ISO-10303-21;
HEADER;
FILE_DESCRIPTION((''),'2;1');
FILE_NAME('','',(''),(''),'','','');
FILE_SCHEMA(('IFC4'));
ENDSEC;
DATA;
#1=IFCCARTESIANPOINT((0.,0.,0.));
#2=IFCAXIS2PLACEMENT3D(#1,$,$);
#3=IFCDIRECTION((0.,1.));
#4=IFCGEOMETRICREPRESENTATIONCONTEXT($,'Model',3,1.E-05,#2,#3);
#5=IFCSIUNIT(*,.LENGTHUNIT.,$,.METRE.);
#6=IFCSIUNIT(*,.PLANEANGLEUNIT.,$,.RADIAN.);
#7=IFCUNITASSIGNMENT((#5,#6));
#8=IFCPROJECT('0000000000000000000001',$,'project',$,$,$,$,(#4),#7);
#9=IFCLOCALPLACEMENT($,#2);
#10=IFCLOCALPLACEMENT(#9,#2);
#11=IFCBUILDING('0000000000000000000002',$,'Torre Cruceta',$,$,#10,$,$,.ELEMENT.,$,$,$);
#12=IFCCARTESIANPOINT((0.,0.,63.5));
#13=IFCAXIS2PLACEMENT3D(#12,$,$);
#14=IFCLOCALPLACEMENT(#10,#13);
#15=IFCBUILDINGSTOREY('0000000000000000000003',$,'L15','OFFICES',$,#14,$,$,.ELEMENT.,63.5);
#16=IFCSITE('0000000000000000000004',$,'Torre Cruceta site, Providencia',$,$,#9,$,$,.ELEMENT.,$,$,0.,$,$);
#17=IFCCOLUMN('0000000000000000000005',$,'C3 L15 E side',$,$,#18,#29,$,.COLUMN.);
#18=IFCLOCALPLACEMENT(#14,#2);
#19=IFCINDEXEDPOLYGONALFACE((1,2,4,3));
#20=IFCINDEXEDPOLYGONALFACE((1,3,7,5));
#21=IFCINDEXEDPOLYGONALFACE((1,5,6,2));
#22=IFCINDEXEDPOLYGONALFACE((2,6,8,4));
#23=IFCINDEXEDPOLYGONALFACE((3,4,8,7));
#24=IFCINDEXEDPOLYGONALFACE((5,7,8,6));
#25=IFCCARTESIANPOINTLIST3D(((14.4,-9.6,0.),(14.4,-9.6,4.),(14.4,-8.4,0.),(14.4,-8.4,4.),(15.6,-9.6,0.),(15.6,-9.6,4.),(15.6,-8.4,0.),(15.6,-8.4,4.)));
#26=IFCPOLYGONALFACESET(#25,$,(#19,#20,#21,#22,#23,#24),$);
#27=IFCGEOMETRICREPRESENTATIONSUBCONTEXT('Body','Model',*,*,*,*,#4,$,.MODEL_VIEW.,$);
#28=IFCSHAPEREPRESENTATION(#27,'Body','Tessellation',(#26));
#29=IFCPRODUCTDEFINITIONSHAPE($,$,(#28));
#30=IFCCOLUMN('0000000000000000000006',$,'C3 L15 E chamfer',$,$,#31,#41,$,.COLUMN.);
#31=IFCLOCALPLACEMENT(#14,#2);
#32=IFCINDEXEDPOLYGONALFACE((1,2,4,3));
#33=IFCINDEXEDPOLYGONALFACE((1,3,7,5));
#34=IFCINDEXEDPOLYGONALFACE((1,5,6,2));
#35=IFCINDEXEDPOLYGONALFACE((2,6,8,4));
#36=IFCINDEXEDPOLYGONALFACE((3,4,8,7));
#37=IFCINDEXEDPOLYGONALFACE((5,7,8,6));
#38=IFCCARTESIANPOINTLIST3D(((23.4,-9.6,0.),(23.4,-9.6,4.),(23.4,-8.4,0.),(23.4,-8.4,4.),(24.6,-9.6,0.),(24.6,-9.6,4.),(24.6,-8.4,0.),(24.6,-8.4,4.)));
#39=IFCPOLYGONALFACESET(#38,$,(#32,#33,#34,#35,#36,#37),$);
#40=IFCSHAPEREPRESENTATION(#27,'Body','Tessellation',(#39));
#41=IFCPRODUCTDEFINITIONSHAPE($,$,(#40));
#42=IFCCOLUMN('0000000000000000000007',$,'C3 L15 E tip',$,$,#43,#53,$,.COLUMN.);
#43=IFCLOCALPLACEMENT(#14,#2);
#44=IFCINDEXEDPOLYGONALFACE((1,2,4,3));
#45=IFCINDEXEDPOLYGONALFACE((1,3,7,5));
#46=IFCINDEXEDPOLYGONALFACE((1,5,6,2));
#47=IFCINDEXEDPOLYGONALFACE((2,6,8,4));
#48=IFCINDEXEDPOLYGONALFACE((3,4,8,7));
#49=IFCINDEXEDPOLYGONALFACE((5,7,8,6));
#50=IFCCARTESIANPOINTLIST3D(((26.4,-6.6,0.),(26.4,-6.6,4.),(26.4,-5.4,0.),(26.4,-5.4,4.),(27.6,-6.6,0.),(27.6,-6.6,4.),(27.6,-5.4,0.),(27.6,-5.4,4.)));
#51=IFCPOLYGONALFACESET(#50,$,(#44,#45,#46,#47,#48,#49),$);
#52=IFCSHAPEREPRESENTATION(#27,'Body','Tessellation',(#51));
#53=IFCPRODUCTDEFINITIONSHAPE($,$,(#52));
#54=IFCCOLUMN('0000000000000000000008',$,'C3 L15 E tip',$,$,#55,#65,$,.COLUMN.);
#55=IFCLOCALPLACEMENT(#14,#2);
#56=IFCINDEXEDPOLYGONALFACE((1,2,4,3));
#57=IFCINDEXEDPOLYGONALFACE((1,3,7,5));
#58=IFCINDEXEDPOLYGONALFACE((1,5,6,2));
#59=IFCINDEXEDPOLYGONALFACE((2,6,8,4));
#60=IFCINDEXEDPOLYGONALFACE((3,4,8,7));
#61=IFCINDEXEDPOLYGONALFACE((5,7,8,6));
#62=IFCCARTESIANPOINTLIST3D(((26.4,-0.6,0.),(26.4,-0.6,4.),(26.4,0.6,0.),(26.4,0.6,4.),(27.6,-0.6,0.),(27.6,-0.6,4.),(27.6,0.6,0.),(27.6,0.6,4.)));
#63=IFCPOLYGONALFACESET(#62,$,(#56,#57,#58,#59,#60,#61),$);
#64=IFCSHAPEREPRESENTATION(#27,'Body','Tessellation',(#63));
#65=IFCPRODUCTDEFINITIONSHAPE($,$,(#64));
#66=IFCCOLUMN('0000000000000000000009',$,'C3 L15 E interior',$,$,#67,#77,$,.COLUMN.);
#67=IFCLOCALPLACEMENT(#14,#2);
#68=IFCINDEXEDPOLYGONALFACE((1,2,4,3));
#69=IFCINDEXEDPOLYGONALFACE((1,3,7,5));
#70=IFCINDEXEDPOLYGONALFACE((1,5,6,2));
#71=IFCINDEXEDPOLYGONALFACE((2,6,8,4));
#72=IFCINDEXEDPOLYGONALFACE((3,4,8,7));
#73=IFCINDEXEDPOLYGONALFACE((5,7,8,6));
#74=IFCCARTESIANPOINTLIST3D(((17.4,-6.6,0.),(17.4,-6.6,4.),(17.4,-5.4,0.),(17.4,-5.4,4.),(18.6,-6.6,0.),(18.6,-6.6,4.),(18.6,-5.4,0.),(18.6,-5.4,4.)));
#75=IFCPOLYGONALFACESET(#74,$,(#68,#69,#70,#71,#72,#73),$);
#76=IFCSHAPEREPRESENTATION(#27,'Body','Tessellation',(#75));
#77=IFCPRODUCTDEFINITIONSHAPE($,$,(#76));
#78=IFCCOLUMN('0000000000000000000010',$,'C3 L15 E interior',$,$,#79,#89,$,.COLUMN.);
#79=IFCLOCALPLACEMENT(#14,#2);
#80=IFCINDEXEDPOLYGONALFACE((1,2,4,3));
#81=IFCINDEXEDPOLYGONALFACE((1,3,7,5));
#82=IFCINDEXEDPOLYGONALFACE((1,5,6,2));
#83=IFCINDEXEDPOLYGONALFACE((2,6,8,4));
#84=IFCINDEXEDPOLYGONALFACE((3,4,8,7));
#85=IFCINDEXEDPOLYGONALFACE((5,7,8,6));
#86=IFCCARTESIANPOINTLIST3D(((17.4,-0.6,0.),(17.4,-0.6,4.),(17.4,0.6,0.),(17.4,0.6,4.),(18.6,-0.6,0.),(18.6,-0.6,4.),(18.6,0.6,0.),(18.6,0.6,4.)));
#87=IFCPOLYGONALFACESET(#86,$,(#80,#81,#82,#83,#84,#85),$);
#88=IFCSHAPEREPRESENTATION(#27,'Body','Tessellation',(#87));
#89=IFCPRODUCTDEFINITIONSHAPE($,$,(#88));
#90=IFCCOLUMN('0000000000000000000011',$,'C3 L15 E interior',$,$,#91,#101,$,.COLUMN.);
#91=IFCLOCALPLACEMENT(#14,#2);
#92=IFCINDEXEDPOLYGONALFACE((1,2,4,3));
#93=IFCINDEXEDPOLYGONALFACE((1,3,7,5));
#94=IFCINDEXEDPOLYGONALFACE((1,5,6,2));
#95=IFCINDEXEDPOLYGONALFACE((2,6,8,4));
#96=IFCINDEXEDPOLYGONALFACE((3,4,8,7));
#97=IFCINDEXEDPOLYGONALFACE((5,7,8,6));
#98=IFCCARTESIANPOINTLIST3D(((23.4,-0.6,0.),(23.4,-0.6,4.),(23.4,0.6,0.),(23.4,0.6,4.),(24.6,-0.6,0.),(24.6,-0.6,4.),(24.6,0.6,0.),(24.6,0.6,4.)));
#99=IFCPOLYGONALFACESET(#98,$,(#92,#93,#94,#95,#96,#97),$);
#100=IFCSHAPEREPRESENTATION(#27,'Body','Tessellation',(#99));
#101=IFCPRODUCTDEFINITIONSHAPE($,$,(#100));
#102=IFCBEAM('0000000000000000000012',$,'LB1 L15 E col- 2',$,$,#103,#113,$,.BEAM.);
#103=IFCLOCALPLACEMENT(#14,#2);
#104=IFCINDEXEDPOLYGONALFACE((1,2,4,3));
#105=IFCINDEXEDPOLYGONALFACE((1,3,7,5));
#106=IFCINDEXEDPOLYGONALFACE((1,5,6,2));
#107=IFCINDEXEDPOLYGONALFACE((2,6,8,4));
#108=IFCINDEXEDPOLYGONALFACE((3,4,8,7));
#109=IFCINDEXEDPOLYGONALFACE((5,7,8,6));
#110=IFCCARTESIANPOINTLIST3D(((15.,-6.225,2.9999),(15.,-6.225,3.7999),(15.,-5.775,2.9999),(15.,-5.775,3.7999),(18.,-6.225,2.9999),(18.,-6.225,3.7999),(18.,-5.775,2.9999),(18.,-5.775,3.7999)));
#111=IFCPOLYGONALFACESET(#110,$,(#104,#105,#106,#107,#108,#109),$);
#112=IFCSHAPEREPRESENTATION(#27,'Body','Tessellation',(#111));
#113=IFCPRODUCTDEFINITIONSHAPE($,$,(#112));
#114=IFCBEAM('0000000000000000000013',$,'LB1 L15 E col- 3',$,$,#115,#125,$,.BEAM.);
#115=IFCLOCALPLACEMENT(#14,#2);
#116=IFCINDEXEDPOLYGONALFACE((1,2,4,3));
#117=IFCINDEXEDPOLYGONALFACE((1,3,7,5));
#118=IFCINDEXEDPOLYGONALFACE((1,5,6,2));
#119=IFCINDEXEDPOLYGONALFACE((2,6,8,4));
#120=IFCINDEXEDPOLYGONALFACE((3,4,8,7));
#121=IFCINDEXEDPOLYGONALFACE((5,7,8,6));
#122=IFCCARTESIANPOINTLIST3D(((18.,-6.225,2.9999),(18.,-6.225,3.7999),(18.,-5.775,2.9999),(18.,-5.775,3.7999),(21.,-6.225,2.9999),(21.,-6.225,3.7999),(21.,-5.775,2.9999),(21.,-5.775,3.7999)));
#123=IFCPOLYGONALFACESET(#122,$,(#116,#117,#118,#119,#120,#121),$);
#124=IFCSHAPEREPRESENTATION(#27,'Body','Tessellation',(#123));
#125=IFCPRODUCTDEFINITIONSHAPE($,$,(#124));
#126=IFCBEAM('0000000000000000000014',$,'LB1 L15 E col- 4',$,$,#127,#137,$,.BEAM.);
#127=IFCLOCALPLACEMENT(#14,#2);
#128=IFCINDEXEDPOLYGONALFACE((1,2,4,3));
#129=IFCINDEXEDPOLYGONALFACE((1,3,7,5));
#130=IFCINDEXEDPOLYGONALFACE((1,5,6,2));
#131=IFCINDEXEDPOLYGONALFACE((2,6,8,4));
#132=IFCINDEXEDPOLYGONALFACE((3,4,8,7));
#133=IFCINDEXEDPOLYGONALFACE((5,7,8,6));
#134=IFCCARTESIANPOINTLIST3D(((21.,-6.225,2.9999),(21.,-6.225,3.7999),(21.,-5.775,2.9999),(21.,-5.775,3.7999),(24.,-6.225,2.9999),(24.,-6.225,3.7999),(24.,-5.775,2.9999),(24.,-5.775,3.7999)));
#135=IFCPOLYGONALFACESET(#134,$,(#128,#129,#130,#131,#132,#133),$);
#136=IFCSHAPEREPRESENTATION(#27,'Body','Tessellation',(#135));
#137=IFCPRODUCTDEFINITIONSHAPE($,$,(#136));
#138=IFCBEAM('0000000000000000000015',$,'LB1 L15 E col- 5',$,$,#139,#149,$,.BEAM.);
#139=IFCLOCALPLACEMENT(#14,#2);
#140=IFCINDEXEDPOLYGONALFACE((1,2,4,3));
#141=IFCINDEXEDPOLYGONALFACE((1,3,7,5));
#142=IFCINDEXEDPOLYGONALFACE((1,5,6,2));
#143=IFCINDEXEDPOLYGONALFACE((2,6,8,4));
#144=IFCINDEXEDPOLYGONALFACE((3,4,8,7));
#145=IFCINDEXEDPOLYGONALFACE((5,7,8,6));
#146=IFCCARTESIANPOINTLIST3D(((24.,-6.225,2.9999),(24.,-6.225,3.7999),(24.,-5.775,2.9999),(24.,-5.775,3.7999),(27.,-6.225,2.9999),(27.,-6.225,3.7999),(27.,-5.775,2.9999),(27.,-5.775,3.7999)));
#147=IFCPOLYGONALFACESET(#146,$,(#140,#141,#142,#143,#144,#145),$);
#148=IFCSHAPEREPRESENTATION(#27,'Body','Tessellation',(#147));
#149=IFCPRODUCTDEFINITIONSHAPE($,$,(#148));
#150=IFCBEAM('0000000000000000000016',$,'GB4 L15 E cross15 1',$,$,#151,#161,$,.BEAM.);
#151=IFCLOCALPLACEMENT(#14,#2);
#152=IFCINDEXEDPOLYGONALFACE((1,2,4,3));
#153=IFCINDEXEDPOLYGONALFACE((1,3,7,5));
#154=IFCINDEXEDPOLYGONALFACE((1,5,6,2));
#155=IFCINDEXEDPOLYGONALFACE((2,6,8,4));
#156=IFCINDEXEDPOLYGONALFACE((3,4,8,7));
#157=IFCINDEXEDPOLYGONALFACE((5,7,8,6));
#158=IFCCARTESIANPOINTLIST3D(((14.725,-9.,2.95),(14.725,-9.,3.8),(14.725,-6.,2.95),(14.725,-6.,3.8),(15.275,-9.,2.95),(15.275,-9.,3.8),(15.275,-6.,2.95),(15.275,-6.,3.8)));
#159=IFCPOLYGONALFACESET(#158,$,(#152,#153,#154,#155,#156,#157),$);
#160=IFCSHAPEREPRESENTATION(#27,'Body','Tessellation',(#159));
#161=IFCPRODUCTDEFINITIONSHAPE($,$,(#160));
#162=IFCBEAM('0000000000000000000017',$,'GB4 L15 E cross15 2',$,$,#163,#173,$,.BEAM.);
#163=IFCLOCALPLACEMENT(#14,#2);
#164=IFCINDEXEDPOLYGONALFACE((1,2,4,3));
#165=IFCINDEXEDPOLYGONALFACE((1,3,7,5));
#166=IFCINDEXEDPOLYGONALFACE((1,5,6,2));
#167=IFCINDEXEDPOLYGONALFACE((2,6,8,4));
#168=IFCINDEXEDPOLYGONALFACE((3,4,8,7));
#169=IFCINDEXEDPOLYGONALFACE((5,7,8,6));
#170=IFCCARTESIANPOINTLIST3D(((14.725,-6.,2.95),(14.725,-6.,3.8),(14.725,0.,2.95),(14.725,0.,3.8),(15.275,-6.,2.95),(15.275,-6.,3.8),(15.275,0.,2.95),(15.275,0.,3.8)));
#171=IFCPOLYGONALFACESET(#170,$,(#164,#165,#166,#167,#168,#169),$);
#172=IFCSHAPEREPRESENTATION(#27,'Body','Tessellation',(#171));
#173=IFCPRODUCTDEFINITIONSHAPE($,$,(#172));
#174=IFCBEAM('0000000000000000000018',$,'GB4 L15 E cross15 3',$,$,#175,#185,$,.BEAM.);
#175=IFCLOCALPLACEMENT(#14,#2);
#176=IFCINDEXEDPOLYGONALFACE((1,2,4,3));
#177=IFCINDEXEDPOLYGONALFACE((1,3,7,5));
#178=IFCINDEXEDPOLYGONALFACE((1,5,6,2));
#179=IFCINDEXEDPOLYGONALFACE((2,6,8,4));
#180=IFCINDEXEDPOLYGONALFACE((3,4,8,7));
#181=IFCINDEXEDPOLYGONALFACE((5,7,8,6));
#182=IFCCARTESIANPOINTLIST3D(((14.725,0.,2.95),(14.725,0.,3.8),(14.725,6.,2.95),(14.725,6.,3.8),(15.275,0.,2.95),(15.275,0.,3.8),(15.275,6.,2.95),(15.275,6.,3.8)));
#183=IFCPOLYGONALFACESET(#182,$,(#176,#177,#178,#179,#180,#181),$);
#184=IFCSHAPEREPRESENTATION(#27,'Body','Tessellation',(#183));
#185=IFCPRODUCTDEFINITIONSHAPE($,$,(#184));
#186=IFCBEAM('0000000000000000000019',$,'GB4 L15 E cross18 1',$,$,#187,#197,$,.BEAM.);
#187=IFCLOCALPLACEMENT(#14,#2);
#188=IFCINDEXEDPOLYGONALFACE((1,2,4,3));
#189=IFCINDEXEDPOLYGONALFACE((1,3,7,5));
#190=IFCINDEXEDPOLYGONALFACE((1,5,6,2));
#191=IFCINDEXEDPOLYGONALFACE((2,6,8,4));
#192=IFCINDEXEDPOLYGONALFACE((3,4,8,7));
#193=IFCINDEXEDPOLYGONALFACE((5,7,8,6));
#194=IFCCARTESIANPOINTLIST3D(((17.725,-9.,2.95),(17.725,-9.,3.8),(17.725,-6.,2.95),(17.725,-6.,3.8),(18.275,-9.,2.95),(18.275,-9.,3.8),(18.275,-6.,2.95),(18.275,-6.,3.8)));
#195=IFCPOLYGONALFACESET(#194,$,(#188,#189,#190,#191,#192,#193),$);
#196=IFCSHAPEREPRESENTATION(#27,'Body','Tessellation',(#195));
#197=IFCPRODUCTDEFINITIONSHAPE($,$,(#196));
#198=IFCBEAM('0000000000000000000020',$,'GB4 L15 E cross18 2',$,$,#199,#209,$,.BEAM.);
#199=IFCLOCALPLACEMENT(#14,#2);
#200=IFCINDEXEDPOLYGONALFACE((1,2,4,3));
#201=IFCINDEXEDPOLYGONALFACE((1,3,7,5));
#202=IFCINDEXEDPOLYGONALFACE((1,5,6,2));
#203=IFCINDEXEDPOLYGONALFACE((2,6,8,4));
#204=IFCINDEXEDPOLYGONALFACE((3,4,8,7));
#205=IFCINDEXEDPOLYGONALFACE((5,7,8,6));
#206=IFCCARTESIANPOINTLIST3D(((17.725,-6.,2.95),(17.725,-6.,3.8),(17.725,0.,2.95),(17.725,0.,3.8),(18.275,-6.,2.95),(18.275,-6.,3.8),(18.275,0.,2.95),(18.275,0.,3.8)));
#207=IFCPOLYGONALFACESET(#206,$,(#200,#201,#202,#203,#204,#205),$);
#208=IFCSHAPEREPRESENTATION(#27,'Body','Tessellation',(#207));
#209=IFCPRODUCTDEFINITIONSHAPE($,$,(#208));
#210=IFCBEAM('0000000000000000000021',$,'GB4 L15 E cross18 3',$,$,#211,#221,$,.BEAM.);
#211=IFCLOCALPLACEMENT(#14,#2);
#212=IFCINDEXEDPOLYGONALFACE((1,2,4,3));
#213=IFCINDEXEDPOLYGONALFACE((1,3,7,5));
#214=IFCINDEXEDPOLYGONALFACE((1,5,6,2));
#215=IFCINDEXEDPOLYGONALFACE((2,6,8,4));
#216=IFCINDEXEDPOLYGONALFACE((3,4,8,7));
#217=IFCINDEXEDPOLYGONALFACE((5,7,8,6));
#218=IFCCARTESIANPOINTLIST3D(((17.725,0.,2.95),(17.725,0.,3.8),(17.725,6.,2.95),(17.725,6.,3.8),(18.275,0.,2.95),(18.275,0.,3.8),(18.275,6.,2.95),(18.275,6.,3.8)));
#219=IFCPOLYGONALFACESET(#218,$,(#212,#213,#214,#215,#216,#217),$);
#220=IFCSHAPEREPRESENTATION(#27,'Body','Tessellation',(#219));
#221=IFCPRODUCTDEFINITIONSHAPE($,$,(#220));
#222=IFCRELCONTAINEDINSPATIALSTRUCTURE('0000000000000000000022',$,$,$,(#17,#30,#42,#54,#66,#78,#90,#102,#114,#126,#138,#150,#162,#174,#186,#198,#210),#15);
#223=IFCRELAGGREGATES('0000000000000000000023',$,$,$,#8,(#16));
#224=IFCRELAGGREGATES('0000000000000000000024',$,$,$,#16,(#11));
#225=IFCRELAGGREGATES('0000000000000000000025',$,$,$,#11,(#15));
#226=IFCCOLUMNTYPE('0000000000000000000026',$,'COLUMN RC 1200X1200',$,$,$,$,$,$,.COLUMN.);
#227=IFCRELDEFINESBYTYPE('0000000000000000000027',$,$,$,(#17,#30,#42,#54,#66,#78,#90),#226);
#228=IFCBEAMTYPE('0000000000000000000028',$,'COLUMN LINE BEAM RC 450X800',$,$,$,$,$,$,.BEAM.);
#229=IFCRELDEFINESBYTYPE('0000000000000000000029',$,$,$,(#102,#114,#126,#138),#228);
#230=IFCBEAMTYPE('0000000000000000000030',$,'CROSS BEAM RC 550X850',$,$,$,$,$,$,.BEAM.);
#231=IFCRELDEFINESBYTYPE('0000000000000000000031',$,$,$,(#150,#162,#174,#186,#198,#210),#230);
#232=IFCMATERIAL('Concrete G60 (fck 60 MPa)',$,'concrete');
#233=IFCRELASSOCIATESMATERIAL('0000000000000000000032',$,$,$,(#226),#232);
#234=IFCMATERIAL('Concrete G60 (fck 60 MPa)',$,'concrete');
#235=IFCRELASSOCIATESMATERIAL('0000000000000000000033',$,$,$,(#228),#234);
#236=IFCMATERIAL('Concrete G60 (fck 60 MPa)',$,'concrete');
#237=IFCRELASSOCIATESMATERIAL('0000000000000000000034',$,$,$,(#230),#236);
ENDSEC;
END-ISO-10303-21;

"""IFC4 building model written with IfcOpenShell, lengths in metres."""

from ifc_helpers import new_model, si_unit, direction, frame, origin, origin_2d, place, context, subcontext, project, spatial, rectangle, extrude, material, material_profile, profile_set, type_object, element, save


model = new_model("IFC4")

# Units and contexts
model_context = context("Model", 3, precision=1e-05, world=origin(), true_north=direction((0.0, 1.0)))
body_context = subcontext(model_context, "Body", "Model", "MODEL_VIEW")
ifc_project = project(units=[si_unit("LENGTHUNIT", "METRE"), si_unit("PLANEANGLEUNIT", "RADIAN")], contexts=[model_context])

# Site, building, storey
site_placement = place(None, origin())
site = spatial("IfcSite", under=ifc_project, at=site_placement, Name="Torre Cruceta site, Providencia", CompositionType="ELEMENT", RefElevation=0.0)
building_placement = place(site_placement, origin())
building = spatial("IfcBuilding", under=site, at=building_placement, Name="Torre Cruceta", CompositionType="ELEMENT")
storey_placement = place(building_placement, frame((0.0, 0.0, 63.5)))
storey = spatial("IfcBuildingStorey", under=building, at=storey_placement, Name="L15", Description="OFFICES", CompositionType="ELEMENT", Elevation=63.5)

# Columns
ifc_material_1 = material(Name="Concrete G60 (fck 60 MPa)", Category="concrete")
ifc_material_profile_1 = material_profile(ifc_material_1, rectangle(XDim=1.2, YDim=1.2, at=origin_2d()), Name="RC 1200X1200")
ifc_profile_set_1 = profile_set([ifc_material_profile_1], Name="Concrete G60 (fck 60 MPa)")
column_type = type_object("IfcColumnType", Name="COLUMN RC 1200X1200", PredefinedType="COLUMN", material=ifc_profile_set_1)
for number, where, z_axis, x_axis, name in (
    (1, (15.0, -9.0, 0.0), (0.0, 0.0, 1.0), (1.0, 0.0, 0.0), "C3 L15 E side"),
    (2, (24.0, -9.0, 0.0), (0.0, 0.0, 1.0), (1.0, 0.0, 0.0), "C3 L15 E chamfer"),
    (3, (27.0, -6.0, 0.0), (0.0, 0.0, 1.0), (1.0, 0.0, 0.0), "C3 L15 E tip"),
    (4, (27.0, 0.0, 0.0), (0.0, 0.0, 1.0), (1.0, 0.0, 0.0), "C3 L15 E tip"),
    (5, (18.0, -6.0, 0.0), (0.0, 0.0, 1.0), (1.0, 0.0, 0.0), "C3 L15 E interior"),
    (6, (18.0, 0.0, 0.0), (0.0, 0.0, 1.0), (1.0, 0.0, 0.0), "C3 L15 E interior"),
    (7, (24.0, 0.0, 0.0), (0.0, 0.0, 1.0), (1.0, 0.0, 0.0), "C3 L15 E interior"),
):
    element("IfcColumn", number, at=place(storey_placement, frame(where, z_axis=z_axis, x_axis=x_axis)), inside=storey, type_object=column_type, Name=name, PredefinedType="COLUMN", context=body_context, shape_type="SweptSolid", body=[
        extrude(rectangle(XDim=1.2, YDim=1.2, at=origin_2d()), origin(), (0.0, 0.0, 1.0), 4.0),
    ])

# Beams
ifc_material_2 = material(Name="Concrete G60 (fck 60 MPa)", Category="concrete")
ifc_material_profile_2 = material_profile(ifc_material_2, rectangle(XDim=0.45, YDim=0.8, at=origin_2d()), Name="RC 450X800")
ifc_profile_set_2 = profile_set([ifc_material_profile_2], Name="Concrete G60 (fck 60 MPa)")
beam_type_1 = type_object("IfcBeamType", Name="COLUMN LINE BEAM RC 450X800", PredefinedType="BEAM", material=ifc_profile_set_2)
for number, where, z_axis, x_axis, name in (
    (8, (15.0, -6.0, 3.3999), (1.0, 0.0, 0.0), (0.0, 1.0, 0.0), "LB1 L15 E col- 2"),
    (9, (18.0, -6.0, 3.3999), (1.0, 0.0, 0.0), (0.0, 1.0, 0.0), "LB1 L15 E col- 3"),
    (10, (21.0, -6.0, 3.3999), (1.0, 0.0, 0.0), (0.0, 1.0, 0.0), "LB1 L15 E col- 4"),
    (11, (24.0, -6.0, 3.3999), (1.0, 0.0, 0.0), (0.0, 1.0, 0.0), "LB1 L15 E col- 5"),
):
    element("IfcBeam", number, at=place(storey_placement, frame(where, z_axis=z_axis, x_axis=x_axis)), inside=storey, type_object=beam_type_1, Name=name, PredefinedType="BEAM", context=body_context, shape_type="SweptSolid", body=[
        extrude(rectangle(XDim=0.45, YDim=0.8, at=origin_2d()), origin(), (0.0, 0.0, 1.0), 3.0),
    ])
ifc_material_3 = material(Name="Concrete G60 (fck 60 MPa)", Category="concrete")
ifc_material_profile_3 = material_profile(ifc_material_3, rectangle(XDim=0.55, YDim=0.8501, at=origin_2d()), Name="RC 550X850")
ifc_profile_set_3 = profile_set([ifc_material_profile_3], Name="Concrete G60 (fck 60 MPa)")
beam_type_2 = type_object("IfcBeamType", Name="CROSS BEAM RC 550X850", PredefinedType="BEAM", material=ifc_profile_set_3)
beam_1_placement = place(storey_placement, frame((15.0, -9.0, 3.375), z_axis=(0.0, 1.0, 0.0), x_axis=(-1.0, 0.0, 0.0)))
element("IfcBeam", 12, at=beam_1_placement, inside=storey, type_object=beam_type_2, Name="GB4 L15 E cross15 1", PredefinedType="BEAM", context=body_context, shape_type="SweptSolid", body=[
    extrude(rectangle(XDim=0.55, YDim=0.8501, at=origin_2d()), origin(), (0.0, 0.0, 1.0), 3.0),
])
for number, where, z_axis, x_axis, name in (
    (13, (15.0, -6.0, 3.375), (0.0, 1.0, 0.0), (-1.0, 0.0, 0.0), "GB4 L15 E cross15 2"),
    (14, (15.0, 0.0, 3.375), (0.0, 1.0, 0.0), (-1.0, 0.0, 0.0), "GB4 L15 E cross15 3"),
):
    element("IfcBeam", number, at=place(storey_placement, frame(where, z_axis=z_axis, x_axis=x_axis)), inside=storey, type_object=beam_type_2, Name=name, PredefinedType="BEAM", context=body_context, shape_type="SweptSolid", body=[
        extrude(rectangle(XDim=0.55, YDim=0.8501, at=origin_2d()), origin(), (0.0, 0.0, 1.0), 6.0),
    ])
beam_2_placement = place(storey_placement, frame((18.0, -9.0, 3.375), z_axis=(0.0, 1.0, 0.0), x_axis=(-1.0, 0.0, 0.0)))
element("IfcBeam", 15, at=beam_2_placement, inside=storey, type_object=beam_type_2, Name="GB4 L15 E cross18 1", PredefinedType="BEAM", context=body_context, shape_type="SweptSolid", body=[
    extrude(rectangle(XDim=0.55, YDim=0.8501, at=origin_2d()), origin(), (0.0, 0.0, 1.0), 3.0),
])
for number, where, z_axis, x_axis, name in (
    (16, (18.0, -6.0, 3.375), (0.0, 1.0, 0.0), (-1.0, 0.0, 0.0), "GB4 L15 E cross18 2"),
    (17, (18.0, 0.0, 3.375), (0.0, 1.0, 0.0), (-1.0, 0.0, 0.0), "GB4 L15 E cross18 3"),
):
    element("IfcBeam", number, at=place(storey_placement, frame(where, z_axis=z_axis, x_axis=x_axis)), inside=storey, type_object=beam_type_2, Name=name, PredefinedType="BEAM", context=body_context, shape_type="SweptSolid", body=[
        extrude(rectangle(XDim=0.55, YDim=0.8501, at=origin_2d()), origin(), (0.0, 0.0, 1.0), 6.0),
    ])

save(model, "model.ifc")
